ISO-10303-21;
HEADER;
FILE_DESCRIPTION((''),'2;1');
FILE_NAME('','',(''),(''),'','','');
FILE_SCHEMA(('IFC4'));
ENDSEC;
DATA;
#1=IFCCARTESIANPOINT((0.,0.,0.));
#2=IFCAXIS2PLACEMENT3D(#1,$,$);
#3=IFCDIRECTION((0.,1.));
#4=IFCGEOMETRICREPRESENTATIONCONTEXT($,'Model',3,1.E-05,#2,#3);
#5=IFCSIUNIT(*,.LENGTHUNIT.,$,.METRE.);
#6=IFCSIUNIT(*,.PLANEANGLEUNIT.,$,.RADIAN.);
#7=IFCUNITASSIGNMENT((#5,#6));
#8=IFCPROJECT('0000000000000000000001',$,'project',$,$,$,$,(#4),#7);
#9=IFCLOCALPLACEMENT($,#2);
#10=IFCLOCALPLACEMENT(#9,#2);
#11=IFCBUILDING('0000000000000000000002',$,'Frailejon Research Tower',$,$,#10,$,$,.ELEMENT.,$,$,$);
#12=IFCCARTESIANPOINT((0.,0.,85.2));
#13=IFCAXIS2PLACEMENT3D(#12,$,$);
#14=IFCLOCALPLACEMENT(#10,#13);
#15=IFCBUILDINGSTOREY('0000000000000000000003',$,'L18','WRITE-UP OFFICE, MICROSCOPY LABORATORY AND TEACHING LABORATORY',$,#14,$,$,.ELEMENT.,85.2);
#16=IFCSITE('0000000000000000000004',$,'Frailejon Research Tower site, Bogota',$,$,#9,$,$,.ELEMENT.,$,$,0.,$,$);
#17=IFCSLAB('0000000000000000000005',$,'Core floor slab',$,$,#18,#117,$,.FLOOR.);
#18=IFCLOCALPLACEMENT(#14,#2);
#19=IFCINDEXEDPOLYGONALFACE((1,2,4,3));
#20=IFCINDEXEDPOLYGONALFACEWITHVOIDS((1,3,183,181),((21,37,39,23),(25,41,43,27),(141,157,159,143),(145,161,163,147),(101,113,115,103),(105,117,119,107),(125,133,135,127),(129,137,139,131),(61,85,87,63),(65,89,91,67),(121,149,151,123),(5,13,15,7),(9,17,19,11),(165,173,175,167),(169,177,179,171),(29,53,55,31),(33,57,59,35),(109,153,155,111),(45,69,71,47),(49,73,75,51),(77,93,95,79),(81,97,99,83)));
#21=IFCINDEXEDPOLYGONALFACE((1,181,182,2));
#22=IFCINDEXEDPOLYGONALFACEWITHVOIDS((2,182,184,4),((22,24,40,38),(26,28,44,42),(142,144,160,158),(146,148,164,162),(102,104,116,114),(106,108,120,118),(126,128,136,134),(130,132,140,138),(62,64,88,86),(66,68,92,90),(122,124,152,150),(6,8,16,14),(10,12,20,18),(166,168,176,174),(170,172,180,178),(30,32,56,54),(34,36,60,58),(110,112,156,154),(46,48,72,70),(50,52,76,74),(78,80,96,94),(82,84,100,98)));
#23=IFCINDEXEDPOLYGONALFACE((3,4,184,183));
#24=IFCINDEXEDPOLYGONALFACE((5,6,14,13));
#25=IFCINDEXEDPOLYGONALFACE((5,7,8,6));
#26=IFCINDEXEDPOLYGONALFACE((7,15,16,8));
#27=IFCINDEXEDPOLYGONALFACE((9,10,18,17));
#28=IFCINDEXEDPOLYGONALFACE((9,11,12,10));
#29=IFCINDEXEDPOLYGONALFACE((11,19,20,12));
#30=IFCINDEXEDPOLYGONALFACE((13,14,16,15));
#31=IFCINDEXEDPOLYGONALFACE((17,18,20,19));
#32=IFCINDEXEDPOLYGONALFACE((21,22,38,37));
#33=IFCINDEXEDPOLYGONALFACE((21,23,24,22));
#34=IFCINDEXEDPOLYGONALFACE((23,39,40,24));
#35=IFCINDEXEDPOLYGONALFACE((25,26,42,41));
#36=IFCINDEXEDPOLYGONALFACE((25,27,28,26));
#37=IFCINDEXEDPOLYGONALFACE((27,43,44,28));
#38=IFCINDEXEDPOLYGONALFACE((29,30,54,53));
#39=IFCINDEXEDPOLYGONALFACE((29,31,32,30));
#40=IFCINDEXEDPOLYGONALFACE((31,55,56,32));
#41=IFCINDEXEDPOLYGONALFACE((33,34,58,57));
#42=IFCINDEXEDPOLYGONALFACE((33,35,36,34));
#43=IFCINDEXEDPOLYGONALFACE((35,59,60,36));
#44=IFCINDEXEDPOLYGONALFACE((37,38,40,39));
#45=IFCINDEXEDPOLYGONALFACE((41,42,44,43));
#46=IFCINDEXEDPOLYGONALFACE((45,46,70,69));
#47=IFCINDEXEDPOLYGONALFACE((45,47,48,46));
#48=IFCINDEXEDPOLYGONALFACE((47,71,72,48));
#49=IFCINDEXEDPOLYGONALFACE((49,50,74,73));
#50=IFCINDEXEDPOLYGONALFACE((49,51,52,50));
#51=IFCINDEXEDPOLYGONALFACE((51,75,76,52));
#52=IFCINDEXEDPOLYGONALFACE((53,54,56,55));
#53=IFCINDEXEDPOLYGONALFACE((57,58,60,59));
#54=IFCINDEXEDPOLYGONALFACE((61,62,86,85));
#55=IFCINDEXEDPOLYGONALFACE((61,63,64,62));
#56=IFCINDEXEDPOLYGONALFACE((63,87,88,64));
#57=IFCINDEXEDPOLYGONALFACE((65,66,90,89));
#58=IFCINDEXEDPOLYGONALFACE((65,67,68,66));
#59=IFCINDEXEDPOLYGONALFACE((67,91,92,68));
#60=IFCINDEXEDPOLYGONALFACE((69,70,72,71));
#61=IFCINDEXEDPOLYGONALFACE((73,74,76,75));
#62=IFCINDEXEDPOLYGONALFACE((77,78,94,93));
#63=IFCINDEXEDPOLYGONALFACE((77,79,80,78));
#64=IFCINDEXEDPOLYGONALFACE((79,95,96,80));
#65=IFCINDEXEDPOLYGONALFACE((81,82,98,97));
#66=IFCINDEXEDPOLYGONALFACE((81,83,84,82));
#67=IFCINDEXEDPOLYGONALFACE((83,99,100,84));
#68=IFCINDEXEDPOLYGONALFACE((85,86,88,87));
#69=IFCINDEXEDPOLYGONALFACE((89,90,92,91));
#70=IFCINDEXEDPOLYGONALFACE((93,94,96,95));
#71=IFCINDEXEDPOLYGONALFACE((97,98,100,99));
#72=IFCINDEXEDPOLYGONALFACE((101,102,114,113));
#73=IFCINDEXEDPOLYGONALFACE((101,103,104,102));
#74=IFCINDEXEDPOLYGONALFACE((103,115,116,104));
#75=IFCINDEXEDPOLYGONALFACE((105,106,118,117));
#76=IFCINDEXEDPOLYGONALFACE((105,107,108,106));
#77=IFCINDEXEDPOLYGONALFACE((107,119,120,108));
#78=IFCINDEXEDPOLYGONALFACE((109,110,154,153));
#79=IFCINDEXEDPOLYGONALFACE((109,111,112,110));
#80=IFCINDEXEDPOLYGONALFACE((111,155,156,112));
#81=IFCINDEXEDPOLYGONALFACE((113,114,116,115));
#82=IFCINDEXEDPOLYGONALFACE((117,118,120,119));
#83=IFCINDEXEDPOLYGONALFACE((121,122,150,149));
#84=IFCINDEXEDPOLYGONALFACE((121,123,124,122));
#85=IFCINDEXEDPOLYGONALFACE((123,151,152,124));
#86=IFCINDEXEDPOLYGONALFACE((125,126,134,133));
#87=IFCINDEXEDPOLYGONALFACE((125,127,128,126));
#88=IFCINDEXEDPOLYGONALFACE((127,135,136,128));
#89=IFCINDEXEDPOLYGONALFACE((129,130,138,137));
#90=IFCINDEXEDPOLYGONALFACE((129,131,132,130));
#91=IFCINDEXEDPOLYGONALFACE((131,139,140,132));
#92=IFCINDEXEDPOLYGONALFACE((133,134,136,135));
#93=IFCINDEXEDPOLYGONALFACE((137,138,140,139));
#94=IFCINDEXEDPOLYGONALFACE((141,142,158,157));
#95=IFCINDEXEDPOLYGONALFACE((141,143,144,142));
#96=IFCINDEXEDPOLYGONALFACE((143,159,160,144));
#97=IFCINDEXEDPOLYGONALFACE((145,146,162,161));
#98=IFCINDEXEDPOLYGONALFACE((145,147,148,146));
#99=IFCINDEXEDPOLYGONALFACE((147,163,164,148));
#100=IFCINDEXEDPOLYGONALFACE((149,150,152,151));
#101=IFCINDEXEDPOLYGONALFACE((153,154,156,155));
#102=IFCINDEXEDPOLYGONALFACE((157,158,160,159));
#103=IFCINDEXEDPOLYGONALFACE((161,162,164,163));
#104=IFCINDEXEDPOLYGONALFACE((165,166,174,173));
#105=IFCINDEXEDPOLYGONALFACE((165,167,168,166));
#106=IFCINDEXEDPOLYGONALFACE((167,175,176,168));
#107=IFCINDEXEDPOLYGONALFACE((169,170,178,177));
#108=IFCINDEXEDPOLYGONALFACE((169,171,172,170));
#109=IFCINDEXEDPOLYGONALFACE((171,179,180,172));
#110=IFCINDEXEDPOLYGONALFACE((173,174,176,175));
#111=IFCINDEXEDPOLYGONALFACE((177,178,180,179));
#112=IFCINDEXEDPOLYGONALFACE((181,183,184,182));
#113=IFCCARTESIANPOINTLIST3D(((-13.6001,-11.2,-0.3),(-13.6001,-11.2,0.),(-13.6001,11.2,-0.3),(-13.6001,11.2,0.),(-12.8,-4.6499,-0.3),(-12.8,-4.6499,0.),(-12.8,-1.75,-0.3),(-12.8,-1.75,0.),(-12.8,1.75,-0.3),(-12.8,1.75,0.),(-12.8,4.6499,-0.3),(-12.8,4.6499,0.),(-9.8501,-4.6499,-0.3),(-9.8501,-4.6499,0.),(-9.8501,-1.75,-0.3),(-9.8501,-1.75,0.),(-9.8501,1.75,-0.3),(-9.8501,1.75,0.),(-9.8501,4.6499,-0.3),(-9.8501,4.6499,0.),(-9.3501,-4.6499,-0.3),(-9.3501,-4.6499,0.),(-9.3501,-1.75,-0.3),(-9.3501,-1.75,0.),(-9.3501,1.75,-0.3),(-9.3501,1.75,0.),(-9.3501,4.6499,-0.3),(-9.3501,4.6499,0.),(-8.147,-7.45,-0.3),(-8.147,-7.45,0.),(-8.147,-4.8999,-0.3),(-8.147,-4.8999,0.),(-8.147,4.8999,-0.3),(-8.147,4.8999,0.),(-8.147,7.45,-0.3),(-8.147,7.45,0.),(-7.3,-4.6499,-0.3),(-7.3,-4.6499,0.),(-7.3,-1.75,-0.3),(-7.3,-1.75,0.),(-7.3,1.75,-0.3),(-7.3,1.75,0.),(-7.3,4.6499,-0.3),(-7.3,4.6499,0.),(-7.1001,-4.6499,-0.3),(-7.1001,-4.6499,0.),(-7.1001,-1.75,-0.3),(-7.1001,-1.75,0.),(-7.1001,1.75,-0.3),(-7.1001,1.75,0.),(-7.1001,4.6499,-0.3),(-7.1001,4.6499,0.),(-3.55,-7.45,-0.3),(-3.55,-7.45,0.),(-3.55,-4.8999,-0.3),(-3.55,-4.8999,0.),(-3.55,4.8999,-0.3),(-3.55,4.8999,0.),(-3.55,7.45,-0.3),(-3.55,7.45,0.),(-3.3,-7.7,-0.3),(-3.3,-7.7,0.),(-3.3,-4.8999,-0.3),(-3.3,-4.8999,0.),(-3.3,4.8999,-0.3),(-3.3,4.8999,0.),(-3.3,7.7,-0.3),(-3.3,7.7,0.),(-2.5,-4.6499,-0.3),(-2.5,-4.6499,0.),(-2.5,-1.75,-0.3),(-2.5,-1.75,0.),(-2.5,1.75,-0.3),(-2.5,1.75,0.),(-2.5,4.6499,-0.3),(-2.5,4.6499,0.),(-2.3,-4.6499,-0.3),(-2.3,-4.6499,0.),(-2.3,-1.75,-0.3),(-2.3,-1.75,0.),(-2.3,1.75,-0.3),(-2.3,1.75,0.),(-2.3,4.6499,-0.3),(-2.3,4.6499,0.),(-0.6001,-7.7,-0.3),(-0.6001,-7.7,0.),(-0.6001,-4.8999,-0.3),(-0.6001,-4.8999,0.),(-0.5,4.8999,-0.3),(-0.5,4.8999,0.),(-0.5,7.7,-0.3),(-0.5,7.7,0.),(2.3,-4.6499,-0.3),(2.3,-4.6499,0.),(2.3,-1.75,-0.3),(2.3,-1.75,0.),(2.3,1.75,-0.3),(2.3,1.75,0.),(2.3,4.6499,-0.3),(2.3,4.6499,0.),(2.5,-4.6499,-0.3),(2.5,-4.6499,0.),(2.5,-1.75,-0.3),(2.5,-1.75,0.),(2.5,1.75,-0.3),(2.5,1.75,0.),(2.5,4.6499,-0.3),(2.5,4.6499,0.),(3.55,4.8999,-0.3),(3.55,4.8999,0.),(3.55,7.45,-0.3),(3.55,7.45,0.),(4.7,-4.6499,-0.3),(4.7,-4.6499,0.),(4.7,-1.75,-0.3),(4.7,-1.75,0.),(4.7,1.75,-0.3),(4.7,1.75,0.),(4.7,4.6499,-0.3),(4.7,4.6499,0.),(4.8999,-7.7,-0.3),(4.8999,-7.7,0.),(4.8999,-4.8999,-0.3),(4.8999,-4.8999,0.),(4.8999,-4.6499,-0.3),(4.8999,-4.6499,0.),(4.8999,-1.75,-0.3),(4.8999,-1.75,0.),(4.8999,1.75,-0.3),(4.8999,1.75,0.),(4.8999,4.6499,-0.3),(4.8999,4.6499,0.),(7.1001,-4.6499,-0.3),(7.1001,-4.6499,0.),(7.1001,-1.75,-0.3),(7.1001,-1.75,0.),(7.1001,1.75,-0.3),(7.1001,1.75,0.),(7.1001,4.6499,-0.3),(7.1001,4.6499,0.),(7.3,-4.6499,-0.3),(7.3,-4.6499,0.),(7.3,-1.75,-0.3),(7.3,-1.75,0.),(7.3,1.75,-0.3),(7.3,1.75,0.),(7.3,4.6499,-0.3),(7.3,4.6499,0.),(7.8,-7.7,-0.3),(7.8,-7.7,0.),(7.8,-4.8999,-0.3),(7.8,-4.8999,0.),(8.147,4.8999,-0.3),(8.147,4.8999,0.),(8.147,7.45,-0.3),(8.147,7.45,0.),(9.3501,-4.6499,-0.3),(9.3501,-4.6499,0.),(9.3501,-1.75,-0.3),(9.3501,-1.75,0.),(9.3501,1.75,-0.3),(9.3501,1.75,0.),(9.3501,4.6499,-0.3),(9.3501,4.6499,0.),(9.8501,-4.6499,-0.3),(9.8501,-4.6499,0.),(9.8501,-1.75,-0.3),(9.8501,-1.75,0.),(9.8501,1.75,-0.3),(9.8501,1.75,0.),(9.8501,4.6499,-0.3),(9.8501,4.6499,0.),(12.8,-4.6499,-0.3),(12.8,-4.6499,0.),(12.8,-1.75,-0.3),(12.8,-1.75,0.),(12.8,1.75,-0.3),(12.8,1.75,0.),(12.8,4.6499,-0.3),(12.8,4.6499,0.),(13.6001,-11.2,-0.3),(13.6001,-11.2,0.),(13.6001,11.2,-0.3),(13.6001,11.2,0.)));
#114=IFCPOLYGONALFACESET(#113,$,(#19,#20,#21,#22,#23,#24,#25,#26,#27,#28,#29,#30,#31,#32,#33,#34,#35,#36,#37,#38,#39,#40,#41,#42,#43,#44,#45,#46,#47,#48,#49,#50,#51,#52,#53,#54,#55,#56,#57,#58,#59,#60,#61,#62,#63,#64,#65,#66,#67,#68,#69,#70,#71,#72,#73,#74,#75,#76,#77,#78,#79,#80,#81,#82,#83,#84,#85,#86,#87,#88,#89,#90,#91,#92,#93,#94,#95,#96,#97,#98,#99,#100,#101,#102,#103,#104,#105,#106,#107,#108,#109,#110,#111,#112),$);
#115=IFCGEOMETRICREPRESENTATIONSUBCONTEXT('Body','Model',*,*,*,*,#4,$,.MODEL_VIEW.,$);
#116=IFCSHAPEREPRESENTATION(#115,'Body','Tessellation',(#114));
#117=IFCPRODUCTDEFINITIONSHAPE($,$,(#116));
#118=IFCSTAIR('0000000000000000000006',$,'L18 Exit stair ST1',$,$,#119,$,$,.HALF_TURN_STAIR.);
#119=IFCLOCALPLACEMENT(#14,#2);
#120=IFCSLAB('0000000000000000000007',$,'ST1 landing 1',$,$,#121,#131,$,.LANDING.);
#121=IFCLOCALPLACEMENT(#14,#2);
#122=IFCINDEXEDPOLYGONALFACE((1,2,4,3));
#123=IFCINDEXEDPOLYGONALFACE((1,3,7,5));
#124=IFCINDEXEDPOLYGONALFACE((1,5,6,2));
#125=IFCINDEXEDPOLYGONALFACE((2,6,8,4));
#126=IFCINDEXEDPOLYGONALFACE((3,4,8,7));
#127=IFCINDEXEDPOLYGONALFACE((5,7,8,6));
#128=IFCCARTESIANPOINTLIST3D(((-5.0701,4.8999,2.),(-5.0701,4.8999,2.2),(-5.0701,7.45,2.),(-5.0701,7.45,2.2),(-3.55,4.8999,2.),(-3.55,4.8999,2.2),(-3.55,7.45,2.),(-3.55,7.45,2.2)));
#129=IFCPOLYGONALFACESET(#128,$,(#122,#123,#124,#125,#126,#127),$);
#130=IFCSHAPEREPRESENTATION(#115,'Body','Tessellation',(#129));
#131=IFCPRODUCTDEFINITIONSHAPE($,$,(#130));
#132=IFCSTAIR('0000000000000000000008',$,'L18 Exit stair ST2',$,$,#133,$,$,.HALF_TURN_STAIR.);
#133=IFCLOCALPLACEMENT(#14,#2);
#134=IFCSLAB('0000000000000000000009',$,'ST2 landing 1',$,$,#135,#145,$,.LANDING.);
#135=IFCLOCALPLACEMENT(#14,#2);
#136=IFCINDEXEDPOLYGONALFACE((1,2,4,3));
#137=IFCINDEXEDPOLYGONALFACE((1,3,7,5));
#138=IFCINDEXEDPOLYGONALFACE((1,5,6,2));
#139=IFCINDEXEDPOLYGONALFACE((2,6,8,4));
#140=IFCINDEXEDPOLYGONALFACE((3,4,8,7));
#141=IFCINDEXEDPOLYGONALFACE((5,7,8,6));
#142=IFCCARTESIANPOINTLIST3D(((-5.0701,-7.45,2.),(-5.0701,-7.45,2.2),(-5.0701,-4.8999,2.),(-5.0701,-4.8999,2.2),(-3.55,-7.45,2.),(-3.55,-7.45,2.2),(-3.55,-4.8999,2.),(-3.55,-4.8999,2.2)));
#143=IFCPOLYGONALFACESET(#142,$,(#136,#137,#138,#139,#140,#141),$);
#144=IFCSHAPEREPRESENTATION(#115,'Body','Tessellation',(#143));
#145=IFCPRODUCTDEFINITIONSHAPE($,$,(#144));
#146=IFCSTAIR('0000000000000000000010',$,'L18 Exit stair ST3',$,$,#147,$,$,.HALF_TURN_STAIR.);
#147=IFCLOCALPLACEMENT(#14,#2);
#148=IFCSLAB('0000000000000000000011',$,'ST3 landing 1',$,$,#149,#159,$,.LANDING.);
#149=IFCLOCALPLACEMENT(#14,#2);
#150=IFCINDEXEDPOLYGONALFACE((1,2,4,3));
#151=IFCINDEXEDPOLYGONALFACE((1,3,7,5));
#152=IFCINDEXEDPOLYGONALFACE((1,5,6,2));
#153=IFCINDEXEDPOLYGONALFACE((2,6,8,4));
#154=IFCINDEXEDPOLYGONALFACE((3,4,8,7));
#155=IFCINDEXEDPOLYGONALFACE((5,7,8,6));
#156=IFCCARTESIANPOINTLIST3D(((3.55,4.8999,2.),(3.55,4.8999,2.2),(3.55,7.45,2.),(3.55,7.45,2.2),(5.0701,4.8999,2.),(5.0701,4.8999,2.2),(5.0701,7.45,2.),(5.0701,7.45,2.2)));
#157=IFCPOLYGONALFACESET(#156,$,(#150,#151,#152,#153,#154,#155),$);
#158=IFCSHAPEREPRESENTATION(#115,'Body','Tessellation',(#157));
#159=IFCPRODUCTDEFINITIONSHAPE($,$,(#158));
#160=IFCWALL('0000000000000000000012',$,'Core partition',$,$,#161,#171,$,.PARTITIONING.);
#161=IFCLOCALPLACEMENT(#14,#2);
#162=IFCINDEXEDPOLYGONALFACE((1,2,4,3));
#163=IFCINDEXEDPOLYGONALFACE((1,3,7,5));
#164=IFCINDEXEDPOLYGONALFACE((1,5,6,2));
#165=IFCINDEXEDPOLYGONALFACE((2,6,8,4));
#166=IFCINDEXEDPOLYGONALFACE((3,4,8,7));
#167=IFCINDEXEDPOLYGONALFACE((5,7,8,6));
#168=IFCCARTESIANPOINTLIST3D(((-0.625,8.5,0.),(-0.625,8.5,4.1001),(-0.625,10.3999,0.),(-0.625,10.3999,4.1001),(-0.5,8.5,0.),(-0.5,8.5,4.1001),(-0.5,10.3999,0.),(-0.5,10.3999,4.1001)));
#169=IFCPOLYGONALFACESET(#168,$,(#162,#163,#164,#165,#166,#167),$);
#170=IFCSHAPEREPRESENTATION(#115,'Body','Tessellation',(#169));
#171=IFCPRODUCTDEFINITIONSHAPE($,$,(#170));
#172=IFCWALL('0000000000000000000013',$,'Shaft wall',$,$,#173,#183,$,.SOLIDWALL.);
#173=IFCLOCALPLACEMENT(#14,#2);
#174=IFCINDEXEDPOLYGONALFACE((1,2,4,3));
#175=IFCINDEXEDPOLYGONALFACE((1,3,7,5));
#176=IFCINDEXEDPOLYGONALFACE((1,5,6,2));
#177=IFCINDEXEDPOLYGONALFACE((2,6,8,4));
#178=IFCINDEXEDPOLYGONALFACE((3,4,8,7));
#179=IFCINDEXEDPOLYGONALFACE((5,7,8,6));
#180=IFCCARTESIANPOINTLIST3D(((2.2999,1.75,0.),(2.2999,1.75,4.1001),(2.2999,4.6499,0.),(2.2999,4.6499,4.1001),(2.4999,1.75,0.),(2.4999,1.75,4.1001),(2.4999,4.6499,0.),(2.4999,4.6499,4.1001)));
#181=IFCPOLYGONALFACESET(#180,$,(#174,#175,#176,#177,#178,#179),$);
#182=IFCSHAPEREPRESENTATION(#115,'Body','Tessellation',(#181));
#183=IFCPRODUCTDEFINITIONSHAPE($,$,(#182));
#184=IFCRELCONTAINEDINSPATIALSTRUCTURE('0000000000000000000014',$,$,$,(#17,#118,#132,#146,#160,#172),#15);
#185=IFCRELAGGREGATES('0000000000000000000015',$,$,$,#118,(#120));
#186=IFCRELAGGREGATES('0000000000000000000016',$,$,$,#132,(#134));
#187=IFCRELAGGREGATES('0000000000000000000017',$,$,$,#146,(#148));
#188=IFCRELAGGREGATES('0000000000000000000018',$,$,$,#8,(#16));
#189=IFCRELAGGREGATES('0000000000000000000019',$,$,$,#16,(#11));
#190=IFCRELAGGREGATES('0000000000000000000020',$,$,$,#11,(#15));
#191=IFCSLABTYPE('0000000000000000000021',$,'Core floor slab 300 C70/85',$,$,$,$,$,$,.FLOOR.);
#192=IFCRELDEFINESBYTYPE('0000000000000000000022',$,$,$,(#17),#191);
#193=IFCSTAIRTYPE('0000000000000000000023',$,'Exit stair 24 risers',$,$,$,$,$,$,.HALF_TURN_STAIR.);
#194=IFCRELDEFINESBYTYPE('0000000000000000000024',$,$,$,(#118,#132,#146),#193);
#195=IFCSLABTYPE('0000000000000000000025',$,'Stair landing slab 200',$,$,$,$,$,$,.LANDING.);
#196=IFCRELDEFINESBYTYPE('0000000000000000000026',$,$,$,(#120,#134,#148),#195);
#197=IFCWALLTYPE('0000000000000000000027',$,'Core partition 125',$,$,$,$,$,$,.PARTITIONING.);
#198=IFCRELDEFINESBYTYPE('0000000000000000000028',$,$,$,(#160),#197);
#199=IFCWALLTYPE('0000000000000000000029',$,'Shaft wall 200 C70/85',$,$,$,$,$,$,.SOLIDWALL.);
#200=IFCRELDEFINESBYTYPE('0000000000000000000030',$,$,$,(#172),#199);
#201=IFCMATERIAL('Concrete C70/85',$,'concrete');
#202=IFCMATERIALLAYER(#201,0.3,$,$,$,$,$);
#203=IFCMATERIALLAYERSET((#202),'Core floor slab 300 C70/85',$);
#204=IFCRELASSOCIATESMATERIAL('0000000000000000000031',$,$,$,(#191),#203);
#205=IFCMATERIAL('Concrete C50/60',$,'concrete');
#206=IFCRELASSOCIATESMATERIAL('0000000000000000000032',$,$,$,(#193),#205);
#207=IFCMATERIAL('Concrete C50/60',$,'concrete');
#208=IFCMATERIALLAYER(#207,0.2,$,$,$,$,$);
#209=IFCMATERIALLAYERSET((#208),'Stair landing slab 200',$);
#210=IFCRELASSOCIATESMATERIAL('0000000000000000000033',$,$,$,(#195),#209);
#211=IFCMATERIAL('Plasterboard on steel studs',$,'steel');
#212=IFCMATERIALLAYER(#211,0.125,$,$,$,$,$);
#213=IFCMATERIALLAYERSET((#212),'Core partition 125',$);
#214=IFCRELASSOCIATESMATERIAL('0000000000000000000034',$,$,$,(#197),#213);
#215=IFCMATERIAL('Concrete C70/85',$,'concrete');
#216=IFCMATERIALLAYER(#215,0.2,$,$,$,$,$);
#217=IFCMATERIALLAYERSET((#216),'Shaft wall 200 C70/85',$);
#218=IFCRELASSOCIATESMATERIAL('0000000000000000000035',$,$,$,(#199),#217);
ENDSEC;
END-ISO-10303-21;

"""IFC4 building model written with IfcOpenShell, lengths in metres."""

from ifc_helpers import new_model, si_unit, direction, frame, frame_2d, origin, place, context, subcontext, project, spatial, polyline, rectangle, outline, extrude, material, layer, layer_set, type_object, element, aggregate, save


model = new_model("IFC4")

# Units and contexts
model_context = context("Model", 3, precision=1e-05, world=origin(), true_north=direction((0.0, 1.0)))
body_context = subcontext(model_context, "Body", "Model", "MODEL_VIEW")
ifc_project = project(units=[si_unit("LENGTHUNIT", "METRE"), si_unit("PLANEANGLEUNIT", "RADIAN")], contexts=[model_context])

# Site, building, storey
site_placement = place(None, origin())
site = spatial("IfcSite", under=ifc_project, at=site_placement, Name="Frailejon Research Tower site, Bogota", CompositionType="ELEMENT", RefElevation=0.0)
building_placement = place(site_placement, origin())
building = spatial("IfcBuilding", under=site, at=building_placement, Name="Frailejon Research Tower", CompositionType="ELEMENT")
storey_placement = place(building_placement, frame((0.0, 0.0, 85.2)))
storey = spatial("IfcBuildingStorey", under=building, at=storey_placement, Name="L18", Description="WRITE-UP OFFICE, MICROSCOPY LABORATORY AND TEACHING LABORATORY", CompositionType="ELEMENT", Elevation=85.2)

# Slab
ifc_material_1 = material(Name="Concrete C70/85", Category="concrete")
ifc_layer_1 = layer(ifc_material_1, 0.3)
ifc_layer_set_1 = layer_set([ifc_layer_1], Name="Core floor slab 300 C70/85")
slab_type_1 = type_object("IfcSlabType", Name="Core floor slab 300 C70/85", PredefinedType="FLOOR", material=ifc_layer_set_1)
slab_1_placement = place(storey_placement, frame((0.0, 0.0, -0.3)))
element("IfcSlab", 1, at=slab_1_placement, inside=storey, type_object=slab_type_1, Name="Core floor slab", PredefinedType="FLOOR", context=body_context, shape_type="SweptSolid", body=[
    extrude(outline(polyline([(13.6001, -11.2), (13.6001, 11.2), (-13.6001, 11.2), (-13.6001, -11.2), (13.6001, -11.2)]), holes=[polyline([(-9.8501, 1.75), (-9.8501, 4.6499), (-12.8, 4.6499), (-12.8, 1.75), (-9.8501, 1.75)]), polyline([(-7.3, 1.75), (-7.3, 4.6499), (-9.3501, 4.6499), (-9.3501, 1.75), (-7.3, 1.75)]), polyline([(-2.5, 1.75), (-2.5, 4.6499), (-7.1001, 4.6499), (-7.1001, 1.75), (-2.5, 1.75)]), polyline([(2.3, 1.75), (2.3, 4.6499), (-2.3, 4.6499), (-2.3, 1.75), (2.3, 1.75)]), polyline([(4.7, 1.75), (4.7, 4.6499), (2.5, 4.6499), (2.5, 1.75), (4.7, 1.75)]), polyline([(7.1001, 1.75), (7.1001, 4.6499), (4.8999, 4.6499), (4.8999, 1.75), (7.1001, 1.75)]), polyline([(9.3501, 1.75), (9.3501, 4.6499), (7.3, 4.6499), (7.3, 1.75), (9.3501, 1.75)]), polyline([(12.8, 1.75), (12.8, 4.6499), (9.8501, 4.6499), (9.8501, 1.75), (12.8, 1.75)]), polyline([(-9.8501, -4.6499), (-9.8501, -1.75), (-12.8, -1.75), (-12.8, -4.6499), (-9.8501, -4.6499)]), polyline([(-7.3, -4.6499), (-7.3, -1.75), (-9.3501, -1.75), (-9.3501, -4.6499), (-7.3, -4.6499)]), polyline([(-2.5, -4.6499), (-2.5, -1.75), (-7.1001, -1.75), (-7.1001, -4.6499), (-2.5, -4.6499)]), polyline([(2.3, -4.6499), (2.3, -1.75), (-2.3, -1.75), (-2.3, -4.6499), (2.3, -4.6499)]), polyline([(4.7, -4.6499), (4.7, -1.75), (2.5, -1.75), (2.5, -4.6499), (4.7, -4.6499)]), polyline([(7.1001, -4.6499), (7.1001, -1.75), (4.8999, -1.75), (4.8999, -4.6499), (7.1001, -4.6499)]), polyline([(9.3501, -4.6499), (9.3501, -1.75), (7.3, -1.75), (7.3, -4.6499), (9.3501, -4.6499)]), polyline([(12.8, -4.6499), (12.8, -1.75), (9.8501, -1.75), (9.8501, -4.6499), (12.8, -4.6499)]), polyline([(-8.147, 4.8999), (-3.55, 4.8999), (-3.55, 7.45), (-8.147, 7.45), (-8.147, 4.8999)]), polyline([(-8.147, -7.45), (-3.55, -7.45), (-3.55, -4.8999), (-8.147, -4.8999), (-8.147, -7.45)]), polyline([(8.147, 7.45), (3.55, 7.45), (3.55, 4.8999), (8.147, 4.8999), (8.147, 7.45)]), polyline([(-0.6001, -7.7), (-0.6001, -4.8999), (-3.3, -4.8999), (-3.3, -7.7), (-0.6001, -7.7)]), polyline([(7.8, -7.7), (7.8, -4.8999), (4.8999, -4.8999), (4.8999, -7.7), (7.8, -7.7)]), polyline([(-0.5, 4.8999), (-0.5, 7.7), (-3.3, 7.7), (-3.3, 4.8999), (-0.5, 4.8999)])]), origin(), (0.0, 0.0, 1.0), 0.3),
])

# Stairs, slabs
ifc_material_2 = material(Name="Concrete C50/60", Category="concrete")
stair_type = type_object("IfcStairType", Name="Exit stair 24 risers", PredefinedType="HALF_TURN_STAIR", material=ifc_material_2)
stair_1_placement = place(storey_placement, origin())
stair_1 = element("IfcStair", 2, at=stair_1_placement, inside=storey, type_object=stair_type, Name="L18 Exit stair ST1", PredefinedType="HALF_TURN_STAIR")
ifc_material_3 = material(Name="Concrete C50/60", Category="concrete")
ifc_layer_2 = layer(ifc_material_3, 0.2)
ifc_layer_set_2 = layer_set([ifc_layer_2], Name="Stair landing slab 200")
slab_type_2 = type_object("IfcSlabType", Name="Stair landing slab 200", PredefinedType="LANDING", material=ifc_layer_set_2)
slab_2_placement = place(storey_placement, frame((0.0, 0.0, 2.0)))
slab_2 = element("IfcSlab", 3, at=slab_2_placement, type_object=slab_type_2, Name="ST1 landing 1", PredefinedType="LANDING", context=body_context, shape_type="SweptSolid", body=[
    extrude(outline(polyline([(-5.0701, 4.8999), (-3.55, 4.8999), (-3.55, 7.45), (-5.0701, 7.45), (-5.0701, 4.8999)])), origin(), (0.0, 0.0, 1.0), 0.2),
])
aggregate(stair_1, [slab_2])
stair_2_placement = place(storey_placement, origin())
stair_2 = element("IfcStair", 4, at=stair_2_placement, inside=storey, type_object=stair_type, Name="L18 Exit stair ST2", PredefinedType="HALF_TURN_STAIR")
slab_3_placement = place(storey_placement, frame((0.0, 0.0, 2.0)))
slab_3 = element("IfcSlab", 5, at=slab_3_placement, type_object=slab_type_2, Name="ST2 landing 1", PredefinedType="LANDING", context=body_context, shape_type="SweptSolid", body=[
    extrude(outline(polyline([(-5.0701, -7.45), (-3.55, -7.45), (-3.55, -4.8999), (-5.0701, -4.8999), (-5.0701, -7.45)])), origin(), (0.0, 0.0, 1.0), 0.2),
])
aggregate(stair_2, [slab_3])
stair_3_placement = place(storey_placement, origin())
stair_3 = element("IfcStair", 6, at=stair_3_placement, inside=storey, type_object=stair_type, Name="L18 Exit stair ST3", PredefinedType="HALF_TURN_STAIR")
slab_4_placement = place(storey_placement, frame((0.0, 0.0, 2.0)))
slab_4 = element("IfcSlab", 7, at=slab_4_placement, type_object=slab_type_2, Name="ST3 landing 1", PredefinedType="LANDING", context=body_context, shape_type="SweptSolid", body=[
    extrude(outline(polyline([(5.0701, 7.45), (3.55, 7.45), (3.55, 4.8999), (5.0701, 4.8999), (5.0701, 7.45)])), origin(), (0.0, 0.0, 1.0), 0.2),
])

# Walls
ifc_material_4 = material(Name="Plasterboard on steel studs", Category="steel")
ifc_layer_3 = layer(ifc_material_4, 0.125)
ifc_layer_set_3 = layer_set([ifc_layer_3], Name="Core partition 125")
wall_type_1 = type_object("IfcWallType", Name="Core partition 125", PredefinedType="PARTITIONING", material=ifc_layer_set_3)
wall_1_placement = place(storey_placement, frame((-0.5625, 8.5, 0.0), z_axis=(0.0, 0.0, 1.0), x_axis=(0.0, 1.0, 0.0)))
element("IfcWall", 8, at=wall_1_placement, inside=storey, type_object=wall_type_1, Name="Core partition", PredefinedType="PARTITIONING", context=body_context, shape_type="SweptSolid", body=[
    extrude(rectangle(XDim=1.8999, YDim=0.125, at=frame_2d((0.95, 0.0))), origin(), (0.0, 0.0, 1.0), 4.1001),
])
ifc_material_5 = material(Name="Concrete C70/85", Category="concrete")
ifc_layer_4 = layer(ifc_material_5, 0.2)
ifc_layer_set_4 = layer_set([ifc_layer_4], Name="Shaft wall 200 C70/85")
wall_type_2 = type_object("IfcWallType", Name="Shaft wall 200 C70/85", PredefinedType="SOLIDWALL", material=ifc_layer_set_4)
for number, where, z_axis, x_axis, name in (
    (9, (2.3999, 1.75, 0.0), (0.0, 0.0, 1.0), (0.0, 1.0, 0.0), "Shaft wall"),
):
    element("IfcWall", number, at=place(storey_placement, frame(where, z_axis=z_axis, x_axis=x_axis)), inside=storey, type_object=wall_type_2, Name=name, PredefinedType="SOLIDWALL", context=body_context, shape_type="SweptSolid", body=[
        extrude(rectangle(XDim=2.8999, YDim=0.2, at=frame_2d((1.45, 0.0))), origin(), (0.0, 0.0, 1.0), 4.1001),
    ])

aggregate(stair_3, [slab_4])

save(model, "model.ifc")
